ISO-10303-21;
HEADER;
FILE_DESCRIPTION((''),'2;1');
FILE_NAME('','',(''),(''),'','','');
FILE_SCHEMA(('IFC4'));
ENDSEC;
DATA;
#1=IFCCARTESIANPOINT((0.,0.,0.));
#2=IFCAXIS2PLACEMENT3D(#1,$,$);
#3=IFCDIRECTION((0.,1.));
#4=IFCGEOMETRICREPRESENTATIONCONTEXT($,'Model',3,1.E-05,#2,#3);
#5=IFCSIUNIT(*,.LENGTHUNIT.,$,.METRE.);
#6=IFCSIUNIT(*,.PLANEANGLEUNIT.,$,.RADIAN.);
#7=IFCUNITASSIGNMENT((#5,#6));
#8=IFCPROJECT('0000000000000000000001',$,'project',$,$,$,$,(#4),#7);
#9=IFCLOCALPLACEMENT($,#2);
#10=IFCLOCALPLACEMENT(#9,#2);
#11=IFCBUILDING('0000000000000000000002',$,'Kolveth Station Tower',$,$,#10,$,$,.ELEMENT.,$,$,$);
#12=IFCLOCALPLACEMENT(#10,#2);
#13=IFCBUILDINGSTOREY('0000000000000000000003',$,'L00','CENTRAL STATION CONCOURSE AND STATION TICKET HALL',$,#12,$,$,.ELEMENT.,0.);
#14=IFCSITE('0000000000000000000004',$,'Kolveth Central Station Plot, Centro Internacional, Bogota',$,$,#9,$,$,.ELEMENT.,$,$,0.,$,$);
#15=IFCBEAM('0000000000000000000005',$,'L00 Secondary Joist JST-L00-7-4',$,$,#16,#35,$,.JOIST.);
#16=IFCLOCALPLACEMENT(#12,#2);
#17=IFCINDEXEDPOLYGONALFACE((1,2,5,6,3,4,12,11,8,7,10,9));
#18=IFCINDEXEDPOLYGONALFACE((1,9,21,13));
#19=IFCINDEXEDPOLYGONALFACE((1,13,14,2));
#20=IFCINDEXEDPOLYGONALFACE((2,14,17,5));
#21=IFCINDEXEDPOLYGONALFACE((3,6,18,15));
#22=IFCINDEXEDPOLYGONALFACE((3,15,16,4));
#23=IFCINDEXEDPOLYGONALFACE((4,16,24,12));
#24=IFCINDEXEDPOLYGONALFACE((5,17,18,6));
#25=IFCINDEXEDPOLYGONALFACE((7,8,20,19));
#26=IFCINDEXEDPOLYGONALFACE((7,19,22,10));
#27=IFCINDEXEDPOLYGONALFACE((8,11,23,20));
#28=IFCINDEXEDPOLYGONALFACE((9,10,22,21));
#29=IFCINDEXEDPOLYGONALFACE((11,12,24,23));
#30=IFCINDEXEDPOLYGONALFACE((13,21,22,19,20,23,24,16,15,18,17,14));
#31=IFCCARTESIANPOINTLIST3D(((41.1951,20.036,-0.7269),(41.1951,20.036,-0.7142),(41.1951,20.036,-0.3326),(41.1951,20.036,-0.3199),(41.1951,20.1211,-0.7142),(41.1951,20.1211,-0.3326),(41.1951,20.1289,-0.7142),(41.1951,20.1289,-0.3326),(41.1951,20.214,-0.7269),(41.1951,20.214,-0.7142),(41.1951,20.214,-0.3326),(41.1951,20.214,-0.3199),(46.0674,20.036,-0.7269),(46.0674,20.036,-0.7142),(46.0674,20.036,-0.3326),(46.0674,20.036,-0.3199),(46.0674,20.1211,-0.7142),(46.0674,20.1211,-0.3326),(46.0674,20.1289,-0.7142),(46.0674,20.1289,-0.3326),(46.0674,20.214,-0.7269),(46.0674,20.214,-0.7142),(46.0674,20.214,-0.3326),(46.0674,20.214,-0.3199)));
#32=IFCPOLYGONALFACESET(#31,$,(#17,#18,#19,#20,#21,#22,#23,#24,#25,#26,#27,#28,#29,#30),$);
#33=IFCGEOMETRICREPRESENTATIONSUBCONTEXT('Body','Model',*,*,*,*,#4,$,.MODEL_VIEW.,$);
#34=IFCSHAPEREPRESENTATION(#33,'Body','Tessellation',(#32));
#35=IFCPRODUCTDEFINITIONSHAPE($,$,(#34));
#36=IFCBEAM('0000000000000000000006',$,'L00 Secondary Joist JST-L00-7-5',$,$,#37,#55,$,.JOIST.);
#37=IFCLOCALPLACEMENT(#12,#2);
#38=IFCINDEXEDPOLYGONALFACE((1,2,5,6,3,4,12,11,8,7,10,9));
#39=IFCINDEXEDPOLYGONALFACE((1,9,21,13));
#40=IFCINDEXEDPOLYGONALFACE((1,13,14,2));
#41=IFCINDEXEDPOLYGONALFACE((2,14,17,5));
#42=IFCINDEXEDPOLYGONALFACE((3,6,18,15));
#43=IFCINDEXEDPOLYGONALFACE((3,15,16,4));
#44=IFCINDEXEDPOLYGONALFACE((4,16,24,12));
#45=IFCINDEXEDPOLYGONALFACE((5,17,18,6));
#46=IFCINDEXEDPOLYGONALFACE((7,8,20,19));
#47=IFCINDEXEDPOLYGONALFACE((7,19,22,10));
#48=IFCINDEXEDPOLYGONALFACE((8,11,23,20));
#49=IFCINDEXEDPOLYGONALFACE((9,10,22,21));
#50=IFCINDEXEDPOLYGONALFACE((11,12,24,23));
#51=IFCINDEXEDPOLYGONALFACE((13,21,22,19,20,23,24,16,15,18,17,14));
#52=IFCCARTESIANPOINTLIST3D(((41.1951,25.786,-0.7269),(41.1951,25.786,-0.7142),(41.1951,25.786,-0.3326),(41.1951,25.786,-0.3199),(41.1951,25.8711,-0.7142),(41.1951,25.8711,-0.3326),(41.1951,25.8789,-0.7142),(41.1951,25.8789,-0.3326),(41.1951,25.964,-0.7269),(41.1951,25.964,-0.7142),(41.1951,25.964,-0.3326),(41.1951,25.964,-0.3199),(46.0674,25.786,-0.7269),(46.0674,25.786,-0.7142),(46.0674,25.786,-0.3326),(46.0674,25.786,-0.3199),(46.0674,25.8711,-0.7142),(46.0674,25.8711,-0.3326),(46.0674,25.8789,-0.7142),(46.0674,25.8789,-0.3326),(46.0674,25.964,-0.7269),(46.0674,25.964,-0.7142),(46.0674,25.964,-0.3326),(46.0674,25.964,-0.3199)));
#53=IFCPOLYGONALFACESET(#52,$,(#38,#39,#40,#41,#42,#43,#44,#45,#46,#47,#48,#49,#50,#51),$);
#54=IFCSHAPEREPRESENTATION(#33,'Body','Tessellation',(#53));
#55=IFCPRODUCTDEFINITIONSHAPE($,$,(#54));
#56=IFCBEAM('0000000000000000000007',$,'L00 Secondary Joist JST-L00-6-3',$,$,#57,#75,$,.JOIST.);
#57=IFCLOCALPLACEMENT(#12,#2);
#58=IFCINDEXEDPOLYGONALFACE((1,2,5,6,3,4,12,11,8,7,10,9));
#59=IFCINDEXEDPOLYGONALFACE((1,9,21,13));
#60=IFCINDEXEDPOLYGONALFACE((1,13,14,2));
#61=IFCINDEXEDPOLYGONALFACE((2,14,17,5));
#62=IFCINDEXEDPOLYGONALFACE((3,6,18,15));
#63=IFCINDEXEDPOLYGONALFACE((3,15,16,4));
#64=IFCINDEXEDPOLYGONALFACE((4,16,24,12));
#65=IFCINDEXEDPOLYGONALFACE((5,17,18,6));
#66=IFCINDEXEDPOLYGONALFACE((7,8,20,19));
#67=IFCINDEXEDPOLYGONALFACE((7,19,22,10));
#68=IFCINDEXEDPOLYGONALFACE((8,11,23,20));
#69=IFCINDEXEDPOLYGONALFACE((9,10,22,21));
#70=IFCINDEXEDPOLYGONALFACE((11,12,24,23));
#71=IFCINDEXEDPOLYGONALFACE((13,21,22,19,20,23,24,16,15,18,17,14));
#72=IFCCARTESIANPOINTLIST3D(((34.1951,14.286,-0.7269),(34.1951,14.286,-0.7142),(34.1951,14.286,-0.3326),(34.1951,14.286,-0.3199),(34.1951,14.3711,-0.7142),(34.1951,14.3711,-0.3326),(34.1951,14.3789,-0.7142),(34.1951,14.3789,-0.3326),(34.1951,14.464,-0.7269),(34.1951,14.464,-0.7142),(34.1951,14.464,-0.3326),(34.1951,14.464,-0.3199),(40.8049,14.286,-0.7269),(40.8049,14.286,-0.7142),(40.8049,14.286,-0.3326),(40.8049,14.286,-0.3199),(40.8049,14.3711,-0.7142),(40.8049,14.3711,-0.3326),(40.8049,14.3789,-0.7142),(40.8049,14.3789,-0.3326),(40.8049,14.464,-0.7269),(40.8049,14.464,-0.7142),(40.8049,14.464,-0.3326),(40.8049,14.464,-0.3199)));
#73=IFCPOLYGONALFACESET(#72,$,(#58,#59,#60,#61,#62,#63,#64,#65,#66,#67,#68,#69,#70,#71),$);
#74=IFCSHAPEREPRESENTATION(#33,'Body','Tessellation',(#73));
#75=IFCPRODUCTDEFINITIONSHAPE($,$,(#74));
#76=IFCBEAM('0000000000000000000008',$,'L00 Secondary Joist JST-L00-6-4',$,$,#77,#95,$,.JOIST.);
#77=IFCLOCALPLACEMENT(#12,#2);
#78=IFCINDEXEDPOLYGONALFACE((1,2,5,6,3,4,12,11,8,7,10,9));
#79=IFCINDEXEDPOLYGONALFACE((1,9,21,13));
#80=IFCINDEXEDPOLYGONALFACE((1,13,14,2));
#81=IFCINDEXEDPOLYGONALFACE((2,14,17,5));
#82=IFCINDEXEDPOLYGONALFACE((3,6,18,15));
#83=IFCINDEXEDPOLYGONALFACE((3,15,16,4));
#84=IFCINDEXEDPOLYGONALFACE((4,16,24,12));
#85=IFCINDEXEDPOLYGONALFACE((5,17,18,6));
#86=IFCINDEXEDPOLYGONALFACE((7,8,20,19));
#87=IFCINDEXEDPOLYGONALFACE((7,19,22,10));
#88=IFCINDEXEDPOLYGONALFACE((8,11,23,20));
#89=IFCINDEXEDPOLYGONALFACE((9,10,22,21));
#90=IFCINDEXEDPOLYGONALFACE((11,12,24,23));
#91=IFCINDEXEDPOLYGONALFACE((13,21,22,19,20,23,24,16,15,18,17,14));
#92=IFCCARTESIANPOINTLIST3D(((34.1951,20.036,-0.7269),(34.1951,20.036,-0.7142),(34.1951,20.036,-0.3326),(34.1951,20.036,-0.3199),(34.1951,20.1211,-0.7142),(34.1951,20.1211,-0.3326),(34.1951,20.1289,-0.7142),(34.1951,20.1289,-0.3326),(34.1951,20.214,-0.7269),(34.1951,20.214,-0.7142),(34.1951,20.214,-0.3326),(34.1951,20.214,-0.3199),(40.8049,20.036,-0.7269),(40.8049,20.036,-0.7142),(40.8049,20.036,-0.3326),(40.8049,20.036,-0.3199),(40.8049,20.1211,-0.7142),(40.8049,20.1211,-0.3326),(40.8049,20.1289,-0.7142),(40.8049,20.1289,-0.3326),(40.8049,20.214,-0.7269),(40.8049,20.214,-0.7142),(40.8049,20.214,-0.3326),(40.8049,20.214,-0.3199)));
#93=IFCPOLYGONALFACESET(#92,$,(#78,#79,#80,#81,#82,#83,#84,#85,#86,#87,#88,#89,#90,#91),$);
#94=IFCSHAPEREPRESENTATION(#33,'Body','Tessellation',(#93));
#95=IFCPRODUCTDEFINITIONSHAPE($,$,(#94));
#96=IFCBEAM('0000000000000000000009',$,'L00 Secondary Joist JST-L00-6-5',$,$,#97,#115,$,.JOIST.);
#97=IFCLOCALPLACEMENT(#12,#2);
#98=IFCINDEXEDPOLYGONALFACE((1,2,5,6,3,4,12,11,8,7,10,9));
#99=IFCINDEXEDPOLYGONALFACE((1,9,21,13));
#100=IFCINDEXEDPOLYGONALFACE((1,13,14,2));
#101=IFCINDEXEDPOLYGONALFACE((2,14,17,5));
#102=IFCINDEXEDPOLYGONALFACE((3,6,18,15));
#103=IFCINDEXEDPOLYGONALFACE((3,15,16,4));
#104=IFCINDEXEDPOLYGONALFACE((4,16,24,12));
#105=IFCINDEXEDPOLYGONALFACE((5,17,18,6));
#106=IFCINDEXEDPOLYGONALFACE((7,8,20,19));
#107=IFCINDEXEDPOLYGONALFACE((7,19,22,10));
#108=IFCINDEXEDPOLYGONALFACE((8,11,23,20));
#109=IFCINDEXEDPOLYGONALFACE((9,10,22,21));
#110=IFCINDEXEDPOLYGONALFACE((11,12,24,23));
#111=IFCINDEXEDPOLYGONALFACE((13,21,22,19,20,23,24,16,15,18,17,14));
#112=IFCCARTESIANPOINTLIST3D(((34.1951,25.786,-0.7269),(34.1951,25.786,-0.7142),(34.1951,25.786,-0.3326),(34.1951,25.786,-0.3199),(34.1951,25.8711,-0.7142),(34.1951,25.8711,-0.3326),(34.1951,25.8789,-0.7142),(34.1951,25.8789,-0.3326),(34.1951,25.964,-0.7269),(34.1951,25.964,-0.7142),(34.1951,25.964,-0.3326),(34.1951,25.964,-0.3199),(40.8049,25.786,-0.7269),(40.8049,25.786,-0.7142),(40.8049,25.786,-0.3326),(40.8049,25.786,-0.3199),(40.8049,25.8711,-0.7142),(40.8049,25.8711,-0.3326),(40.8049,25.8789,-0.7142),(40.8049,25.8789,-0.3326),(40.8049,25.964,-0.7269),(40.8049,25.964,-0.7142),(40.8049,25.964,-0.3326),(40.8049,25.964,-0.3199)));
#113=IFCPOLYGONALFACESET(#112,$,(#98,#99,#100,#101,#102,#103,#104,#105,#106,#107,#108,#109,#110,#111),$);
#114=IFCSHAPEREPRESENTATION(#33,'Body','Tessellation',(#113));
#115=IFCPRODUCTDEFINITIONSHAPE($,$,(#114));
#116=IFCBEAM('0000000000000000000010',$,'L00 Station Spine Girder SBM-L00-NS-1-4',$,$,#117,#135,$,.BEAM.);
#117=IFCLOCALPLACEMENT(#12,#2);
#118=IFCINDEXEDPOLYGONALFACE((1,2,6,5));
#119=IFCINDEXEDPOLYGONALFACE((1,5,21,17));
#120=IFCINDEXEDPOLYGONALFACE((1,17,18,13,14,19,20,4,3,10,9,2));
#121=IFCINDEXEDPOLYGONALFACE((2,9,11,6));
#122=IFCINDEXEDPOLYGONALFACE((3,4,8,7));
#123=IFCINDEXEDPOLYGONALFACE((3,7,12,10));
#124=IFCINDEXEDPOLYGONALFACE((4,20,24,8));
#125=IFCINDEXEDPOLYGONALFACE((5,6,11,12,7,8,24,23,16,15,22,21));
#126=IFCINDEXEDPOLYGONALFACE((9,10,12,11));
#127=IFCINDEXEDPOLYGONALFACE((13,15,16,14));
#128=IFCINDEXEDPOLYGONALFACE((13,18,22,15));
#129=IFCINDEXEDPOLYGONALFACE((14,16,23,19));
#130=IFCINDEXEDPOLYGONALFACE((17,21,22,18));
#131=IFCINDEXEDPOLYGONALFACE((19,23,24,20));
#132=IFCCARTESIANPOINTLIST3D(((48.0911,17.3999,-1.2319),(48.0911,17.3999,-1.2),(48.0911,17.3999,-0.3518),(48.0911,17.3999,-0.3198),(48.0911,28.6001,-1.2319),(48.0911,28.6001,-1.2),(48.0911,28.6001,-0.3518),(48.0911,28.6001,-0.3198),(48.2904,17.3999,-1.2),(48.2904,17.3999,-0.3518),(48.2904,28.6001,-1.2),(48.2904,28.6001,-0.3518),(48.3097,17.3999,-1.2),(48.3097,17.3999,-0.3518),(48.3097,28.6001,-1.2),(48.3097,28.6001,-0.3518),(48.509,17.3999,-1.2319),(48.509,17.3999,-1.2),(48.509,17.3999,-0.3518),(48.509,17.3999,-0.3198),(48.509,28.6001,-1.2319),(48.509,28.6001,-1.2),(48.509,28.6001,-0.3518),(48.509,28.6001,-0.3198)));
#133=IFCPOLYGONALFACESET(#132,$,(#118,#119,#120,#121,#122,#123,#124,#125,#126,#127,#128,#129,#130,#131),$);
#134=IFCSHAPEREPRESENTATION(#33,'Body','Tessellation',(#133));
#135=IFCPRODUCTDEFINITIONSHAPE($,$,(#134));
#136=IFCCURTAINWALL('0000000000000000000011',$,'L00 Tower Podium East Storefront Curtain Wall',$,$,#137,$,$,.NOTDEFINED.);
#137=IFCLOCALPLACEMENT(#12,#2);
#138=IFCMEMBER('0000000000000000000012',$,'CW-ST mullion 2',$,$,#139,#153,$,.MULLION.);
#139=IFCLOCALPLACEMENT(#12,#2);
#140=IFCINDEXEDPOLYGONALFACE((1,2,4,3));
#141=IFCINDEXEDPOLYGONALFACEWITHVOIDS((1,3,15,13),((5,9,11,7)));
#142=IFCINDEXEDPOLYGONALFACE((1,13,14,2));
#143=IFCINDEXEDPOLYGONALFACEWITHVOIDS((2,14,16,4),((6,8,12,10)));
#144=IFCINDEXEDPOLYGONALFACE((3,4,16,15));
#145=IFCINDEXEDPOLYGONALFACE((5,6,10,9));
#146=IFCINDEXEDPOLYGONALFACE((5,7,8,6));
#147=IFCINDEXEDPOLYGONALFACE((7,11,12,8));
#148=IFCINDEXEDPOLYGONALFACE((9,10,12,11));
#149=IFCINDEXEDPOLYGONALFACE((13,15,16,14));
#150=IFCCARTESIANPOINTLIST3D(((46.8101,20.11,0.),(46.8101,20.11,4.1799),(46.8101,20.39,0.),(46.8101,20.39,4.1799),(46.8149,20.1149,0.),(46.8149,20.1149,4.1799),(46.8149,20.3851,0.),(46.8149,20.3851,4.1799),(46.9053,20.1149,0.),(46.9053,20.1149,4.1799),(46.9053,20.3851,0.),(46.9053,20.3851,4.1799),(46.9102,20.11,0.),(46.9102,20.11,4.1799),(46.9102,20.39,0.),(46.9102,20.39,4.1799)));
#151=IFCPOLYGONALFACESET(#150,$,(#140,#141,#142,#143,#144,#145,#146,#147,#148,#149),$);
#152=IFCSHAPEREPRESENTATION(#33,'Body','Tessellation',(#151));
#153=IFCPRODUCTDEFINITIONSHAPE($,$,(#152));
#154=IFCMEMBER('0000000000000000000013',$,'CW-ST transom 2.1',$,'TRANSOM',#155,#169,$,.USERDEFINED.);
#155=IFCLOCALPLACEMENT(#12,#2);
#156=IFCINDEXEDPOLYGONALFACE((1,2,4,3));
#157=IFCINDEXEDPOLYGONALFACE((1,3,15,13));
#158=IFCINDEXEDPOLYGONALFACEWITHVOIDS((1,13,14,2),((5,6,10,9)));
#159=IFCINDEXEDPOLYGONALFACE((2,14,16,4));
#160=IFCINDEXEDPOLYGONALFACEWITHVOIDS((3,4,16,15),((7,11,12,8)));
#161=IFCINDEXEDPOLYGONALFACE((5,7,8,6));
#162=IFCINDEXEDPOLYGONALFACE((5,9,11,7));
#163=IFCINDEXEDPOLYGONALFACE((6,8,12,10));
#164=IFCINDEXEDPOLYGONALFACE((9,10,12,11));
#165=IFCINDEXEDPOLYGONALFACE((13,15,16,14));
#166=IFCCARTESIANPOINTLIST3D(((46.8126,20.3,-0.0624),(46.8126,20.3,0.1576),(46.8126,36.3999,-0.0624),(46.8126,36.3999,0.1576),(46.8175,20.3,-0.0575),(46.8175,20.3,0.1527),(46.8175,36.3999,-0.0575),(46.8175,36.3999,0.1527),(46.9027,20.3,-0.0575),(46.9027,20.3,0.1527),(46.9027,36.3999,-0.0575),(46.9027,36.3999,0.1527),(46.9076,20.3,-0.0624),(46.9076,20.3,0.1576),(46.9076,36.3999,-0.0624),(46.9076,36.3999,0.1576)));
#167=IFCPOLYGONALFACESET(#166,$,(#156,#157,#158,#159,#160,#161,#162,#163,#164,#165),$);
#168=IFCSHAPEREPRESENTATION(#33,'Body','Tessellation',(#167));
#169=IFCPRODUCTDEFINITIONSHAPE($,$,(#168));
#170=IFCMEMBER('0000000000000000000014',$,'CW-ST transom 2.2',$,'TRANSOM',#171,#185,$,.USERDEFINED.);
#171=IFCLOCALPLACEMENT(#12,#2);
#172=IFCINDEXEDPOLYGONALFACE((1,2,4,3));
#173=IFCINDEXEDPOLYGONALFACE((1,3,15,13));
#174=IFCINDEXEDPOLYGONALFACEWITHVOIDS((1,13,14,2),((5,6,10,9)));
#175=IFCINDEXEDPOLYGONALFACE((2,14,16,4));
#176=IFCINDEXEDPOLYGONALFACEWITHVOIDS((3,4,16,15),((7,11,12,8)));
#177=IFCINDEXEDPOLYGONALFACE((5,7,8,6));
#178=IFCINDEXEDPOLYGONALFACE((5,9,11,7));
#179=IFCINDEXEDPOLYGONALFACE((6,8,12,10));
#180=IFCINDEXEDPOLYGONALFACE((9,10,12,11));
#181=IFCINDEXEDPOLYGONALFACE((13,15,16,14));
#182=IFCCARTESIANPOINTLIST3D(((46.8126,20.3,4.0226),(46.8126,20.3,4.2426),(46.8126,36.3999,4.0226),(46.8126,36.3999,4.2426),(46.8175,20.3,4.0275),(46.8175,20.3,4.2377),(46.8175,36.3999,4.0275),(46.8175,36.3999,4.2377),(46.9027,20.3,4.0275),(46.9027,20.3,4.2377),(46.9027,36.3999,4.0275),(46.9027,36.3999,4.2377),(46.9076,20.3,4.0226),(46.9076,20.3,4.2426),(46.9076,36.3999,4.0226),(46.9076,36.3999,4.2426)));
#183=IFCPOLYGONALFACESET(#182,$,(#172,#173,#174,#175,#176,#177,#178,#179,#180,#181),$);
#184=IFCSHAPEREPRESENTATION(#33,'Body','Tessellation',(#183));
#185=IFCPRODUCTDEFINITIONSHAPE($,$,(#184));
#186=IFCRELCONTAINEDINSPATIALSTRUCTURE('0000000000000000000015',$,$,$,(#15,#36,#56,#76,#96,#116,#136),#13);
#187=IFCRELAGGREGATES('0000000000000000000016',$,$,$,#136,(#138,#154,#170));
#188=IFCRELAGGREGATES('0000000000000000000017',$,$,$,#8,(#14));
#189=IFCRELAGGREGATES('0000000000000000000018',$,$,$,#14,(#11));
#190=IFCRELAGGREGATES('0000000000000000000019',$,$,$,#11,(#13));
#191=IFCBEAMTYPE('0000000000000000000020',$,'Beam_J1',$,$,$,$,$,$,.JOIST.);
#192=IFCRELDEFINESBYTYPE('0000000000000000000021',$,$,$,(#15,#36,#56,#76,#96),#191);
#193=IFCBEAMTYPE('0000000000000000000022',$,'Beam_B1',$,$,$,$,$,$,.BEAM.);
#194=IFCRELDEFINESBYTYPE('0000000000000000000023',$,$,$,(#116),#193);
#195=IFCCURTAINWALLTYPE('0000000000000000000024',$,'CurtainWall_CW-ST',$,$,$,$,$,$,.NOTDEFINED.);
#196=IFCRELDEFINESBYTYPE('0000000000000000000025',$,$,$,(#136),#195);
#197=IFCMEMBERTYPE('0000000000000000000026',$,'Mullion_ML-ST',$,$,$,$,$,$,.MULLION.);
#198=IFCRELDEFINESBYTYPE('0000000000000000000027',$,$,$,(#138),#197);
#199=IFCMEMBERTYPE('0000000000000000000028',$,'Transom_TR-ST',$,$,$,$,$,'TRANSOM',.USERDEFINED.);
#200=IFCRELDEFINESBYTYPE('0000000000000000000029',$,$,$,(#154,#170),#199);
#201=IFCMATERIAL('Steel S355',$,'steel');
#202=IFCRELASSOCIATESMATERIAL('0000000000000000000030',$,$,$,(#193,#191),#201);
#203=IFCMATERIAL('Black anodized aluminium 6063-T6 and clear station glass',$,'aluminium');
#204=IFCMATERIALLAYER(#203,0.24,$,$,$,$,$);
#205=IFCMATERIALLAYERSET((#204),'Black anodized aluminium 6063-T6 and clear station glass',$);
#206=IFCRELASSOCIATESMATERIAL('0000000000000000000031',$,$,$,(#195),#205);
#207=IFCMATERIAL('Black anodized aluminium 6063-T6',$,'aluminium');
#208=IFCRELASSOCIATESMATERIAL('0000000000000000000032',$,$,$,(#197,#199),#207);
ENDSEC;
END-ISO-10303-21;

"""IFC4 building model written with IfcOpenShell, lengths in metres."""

from ifc_helpers import new_model, si_unit, direction, frame, origin, origin_2d, place, context, subcontext, project, spatial, hollow_rectangle, i_section, extrude, source, transform, mapped, material, layer, layer_set, material_profile, profile_set, type_object, element, aggregate, save


model = new_model("IFC4")

# Units and contexts
model_context = context("Model", 3, precision=1e-05, world=origin(), true_north=direction((0.0, 1.0)))
body_context = subcontext(model_context, "Body", "Model", "MODEL_VIEW")
ifc_project = project(units=[si_unit("LENGTHUNIT", "METRE"), si_unit("PLANEANGLEUNIT", "RADIAN")], contexts=[model_context])

# Site, building, storey
site_placement = place(None, origin())
site = spatial("IfcSite", under=ifc_project, at=site_placement, Name="Kolveth Central Station Plot, Centro Internacional, Bogota", CompositionType="ELEMENT", RefElevation=0.0)
building_placement = place(site_placement, origin())
building = spatial("IfcBuilding", under=site, at=building_placement, Name="Kolveth Station Tower", CompositionType="ELEMENT")
storey_placement = place(building_placement, origin())
storey = spatial("IfcBuildingStorey", under=building, at=storey_placement, Name="L00", Description="CENTRAL STATION CONCOURSE AND STATION TICKET HALL", CompositionType="ELEMENT", Elevation=0.0)

# Shared definitions
ifc_material_1 = material(Name="Steel S355", Category="steel")

# Beams
ifc_material_profile_1 = material_profile(ifc_material_1, i_section(OverallWidth=0.418, OverallDepth=0.9121, WebThickness=0.0193, FlangeThickness=0.032, at=origin_2d()), Name="W920x342")
ifc_profile_set_1 = profile_set([ifc_material_profile_1], Name="Steel S355")
beam_type_1 = type_object("IfcBeamType", Name="Beam_B1", PredefinedType="BEAM", material=ifc_profile_set_1)
ifc_material_profile_2 = material_profile(ifc_material_1, i_section(OverallWidth=0.178, OverallDepth=0.407, WebThickness=0.0078, FlangeThickness=0.0127, at=origin_2d()), Name="W410x60")
ifc_profile_set_2 = profile_set([ifc_material_profile_2], Name="Steel S355")
beam_type_2 = type_object("IfcBeamType", Name="Beam_J1", PredefinedType="JOIST", material=ifc_profile_set_2)
shared_shape_1 = source(origin(), body_context, "Body", "SweptSolid", [
    extrude(i_section(OverallWidth=0.178, OverallDepth=0.407, WebThickness=0.0078, FlangeThickness=0.0127, at=origin_2d()), origin(), (0.0, 0.0, 1.0), 4.8723),
])
for number, where, z_axis, x_axis, name in (
    (1, (41.1951, 20.125, -0.5234), (1.0, 0.0, 0.0), (0.0, 1.0, 0.0), "L00 Secondary Joist JST-L00-7-4"),
    (2, (41.1951, 25.875, -0.5234), (1.0, 0.0, 0.0), (0.0, 1.0, 0.0), "L00 Secondary Joist JST-L00-7-5"),
):
    element("IfcBeam", number, at=place(storey_placement, frame(where, z_axis=z_axis, x_axis=x_axis)), inside=storey, type_object=beam_type_2, Name=name, PredefinedType="JOIST", context=body_context, shape_type="MappedRepresentation", body=[
        mapped(shared_shape_1, transform((0.0, 0.0, 0.0), x_axis=(1.0, 0.0, 0.0), y_axis=(0.0, 1.0, 0.0), z_axis=(0.0, 0.0, 1.0), scale=1.0)),
    ])
shared_shape_2 = source(origin(), body_context, "Body", "SweptSolid", [
    extrude(i_section(OverallWidth=0.178, OverallDepth=0.407, WebThickness=0.0078, FlangeThickness=0.0127, at=origin_2d()), origin(), (0.0, 0.0, 1.0), 6.6099),
])
for number, where, z_axis, x_axis, name in (
    (3, (34.1951, 14.375, -0.5234), (1.0, 0.0, 0.0), (0.0, 1.0, 0.0), "L00 Secondary Joist JST-L00-6-3"),
    (4, (34.1951, 20.125, -0.5234), (1.0, 0.0, 0.0), (0.0, 1.0, 0.0), "L00 Secondary Joist JST-L00-6-4"),
    (5, (34.1951, 25.875, -0.5234), (1.0, 0.0, 0.0), (0.0, 1.0, 0.0), "L00 Secondary Joist JST-L00-6-5"),
):
    element("IfcBeam", number, at=place(storey_placement, frame(where, z_axis=z_axis, x_axis=x_axis)), inside=storey, type_object=beam_type_2, Name=name, PredefinedType="JOIST", context=body_context, shape_type="MappedRepresentation", body=[
        mapped(shared_shape_2, transform((0.0, 0.0, 0.0), x_axis=(1.0, 0.0, 0.0), y_axis=(0.0, 1.0, 0.0), z_axis=(0.0, 0.0, 1.0), scale=1.0)),
    ])
shared_shape_3 = source(origin(), body_context, "Body", "SweptSolid", [
    extrude(i_section(OverallWidth=0.418, OverallDepth=0.9121, WebThickness=0.0193, FlangeThickness=0.032, at=origin_2d()), origin(), (0.0, 0.0, 1.0), 11.2002),
])
beam_placement = place(storey_placement, frame((48.3, 17.3999, -0.7759), z_axis=(0.0, 1.0, 0.0), x_axis=(-1.0, 0.0, 0.0)))
element("IfcBeam", 6, at=beam_placement, inside=storey, type_object=beam_type_1, Name="L00 Station Spine Girder SBM-L00-NS-1-4", PredefinedType="BEAM", context=body_context, shape_type="MappedRepresentation", body=[
    mapped(shared_shape_3, transform((0.0, 0.0, 0.0), x_axis=(1.0, 0.0, 0.0), y_axis=(0.0, 1.0, 0.0), z_axis=(0.0, 0.0, 1.0), scale=1.0)),
])

# Curtain wall, members
ifc_material_2 = material(Name="Black anodized aluminium 6063-T6 and clear station glass", Category="aluminium")
ifc_layer_1 = layer(ifc_material_2, 0.24)
ifc_layer_set_1 = layer_set([ifc_layer_1], Name="Black anodized aluminium 6063-T6 and clear station glass")
curtain_wall_type = type_object("IfcCurtainWallType", Name="CurtainWall_CW-ST", PredefinedType="NOTDEFINED", material=ifc_layer_set_1)
curtain_wall_placement = place(storey_placement, origin())
curtain_wall = element("IfcCurtainWall", 7, at=curtain_wall_placement, inside=storey, type_object=curtain_wall_type, Name="L00 Tower Podium East Storefront Curtain Wall", PredefinedType="NOTDEFINED")
ifc_material_3 = material(Name="Black anodized aluminium 6063-T6", Category="aluminium")
ifc_material_profile_3 = material_profile(ifc_material_3, hollow_rectangle(XDim=0.1001, YDim=0.28, WallThickness=0.0049, at=origin_2d()), Name="ALU-100x280x5")
ifc_profile_set_3 = profile_set([ifc_material_profile_3], Name="Black anodized aluminium 6063-T6")
member_type_1 = type_object("IfcMemberType", Name="Mullion_ML-ST", PredefinedType="MULLION", material=ifc_profile_set_3)
shared_shape_4 = source(origin(), body_context, "Body", "SweptSolid", [
    extrude(hollow_rectangle(XDim=0.1001, YDim=0.28, WallThickness=0.0049, at=origin_2d()), origin(), (0.0, 0.0, 1.0), 4.1799),
])
member_1_placement = place(storey_placement, frame((46.8601, 20.25, 0.0), z_axis=(0.0, 0.0, 1.0), x_axis=(-1.0, 0.0, 0.0)))
member_1 = element("IfcMember", 8, at=member_1_placement, type_object=member_type_1, Name="CW-ST mullion 2", PredefinedType="MULLION", context=body_context, shape_type="MappedRepresentation", body=[
    mapped(shared_shape_4, transform((0.0, 0.0, 0.0), x_axis=(1.0, 0.0, 0.0), y_axis=(0.0, 1.0, 0.0), z_axis=(0.0, 0.0, 1.0), scale=1.0)),
])
ifc_material_profile_4 = material_profile(ifc_material_3, hollow_rectangle(XDim=0.095, YDim=0.22, WallThickness=0.0049, at=origin_2d()), Name="ALU-95x220x5")
ifc_profile_set_4 = profile_set([ifc_material_profile_4], Name="Black anodized aluminium 6063-T6")
member_type_2 = type_object("IfcMemberType", Name="Transom_TR-ST", ElementType="TRANSOM", PredefinedType="USERDEFINED", material=ifc_profile_set_4)
shared_shape_5 = source(origin(), body_context, "Body", "SweptSolid", [
    extrude(hollow_rectangle(XDim=0.095, YDim=0.22, WallThickness=0.0049, at=origin_2d()), origin(), (0.0, 0.0, 1.0), 16.0999),
])
member_2_placement = place(storey_placement, frame((46.8601, 20.3, 0.0476), z_axis=(0.0, 1.0, 0.0), x_axis=(-1.0, 0.0, 0.0)))
member_2 = element("IfcMember", 9, at=member_2_placement, type_object=member_type_2, Name="CW-ST transom 2.1", ObjectType="TRANSOM", PredefinedType="USERDEFINED", context=body_context, shape_type="MappedRepresentation", body=[
    mapped(shared_shape_5, transform((0.0, 0.0, 0.0), x_axis=(1.0, 0.0, 0.0), y_axis=(0.0, 1.0, 0.0), z_axis=(0.0, 0.0, 1.0), scale=1.0)),
])
member_3_placement = place(storey_placement, frame((46.8601, 20.3, 4.1326), z_axis=(0.0, 1.0, 0.0), x_axis=(-1.0, 0.0, 0.0)))
member_3 = element("IfcMember", 10, at=member_3_placement, type_object=member_type_2, Name="CW-ST transom 2.2", ObjectType="TRANSOM", PredefinedType="USERDEFINED", context=body_context, shape_type="MappedRepresentation", body=[
    mapped(shared_shape_5, transform((0.0, 0.0, 0.0), x_axis=(1.0, 0.0, 0.0), y_axis=(0.0, 1.0, 0.0), z_axis=(0.0, 0.0, 1.0), scale=1.0)),
])
aggregate(curtain_wall, [member_1, member_2, member_3])

save(model, "model.ifc")
